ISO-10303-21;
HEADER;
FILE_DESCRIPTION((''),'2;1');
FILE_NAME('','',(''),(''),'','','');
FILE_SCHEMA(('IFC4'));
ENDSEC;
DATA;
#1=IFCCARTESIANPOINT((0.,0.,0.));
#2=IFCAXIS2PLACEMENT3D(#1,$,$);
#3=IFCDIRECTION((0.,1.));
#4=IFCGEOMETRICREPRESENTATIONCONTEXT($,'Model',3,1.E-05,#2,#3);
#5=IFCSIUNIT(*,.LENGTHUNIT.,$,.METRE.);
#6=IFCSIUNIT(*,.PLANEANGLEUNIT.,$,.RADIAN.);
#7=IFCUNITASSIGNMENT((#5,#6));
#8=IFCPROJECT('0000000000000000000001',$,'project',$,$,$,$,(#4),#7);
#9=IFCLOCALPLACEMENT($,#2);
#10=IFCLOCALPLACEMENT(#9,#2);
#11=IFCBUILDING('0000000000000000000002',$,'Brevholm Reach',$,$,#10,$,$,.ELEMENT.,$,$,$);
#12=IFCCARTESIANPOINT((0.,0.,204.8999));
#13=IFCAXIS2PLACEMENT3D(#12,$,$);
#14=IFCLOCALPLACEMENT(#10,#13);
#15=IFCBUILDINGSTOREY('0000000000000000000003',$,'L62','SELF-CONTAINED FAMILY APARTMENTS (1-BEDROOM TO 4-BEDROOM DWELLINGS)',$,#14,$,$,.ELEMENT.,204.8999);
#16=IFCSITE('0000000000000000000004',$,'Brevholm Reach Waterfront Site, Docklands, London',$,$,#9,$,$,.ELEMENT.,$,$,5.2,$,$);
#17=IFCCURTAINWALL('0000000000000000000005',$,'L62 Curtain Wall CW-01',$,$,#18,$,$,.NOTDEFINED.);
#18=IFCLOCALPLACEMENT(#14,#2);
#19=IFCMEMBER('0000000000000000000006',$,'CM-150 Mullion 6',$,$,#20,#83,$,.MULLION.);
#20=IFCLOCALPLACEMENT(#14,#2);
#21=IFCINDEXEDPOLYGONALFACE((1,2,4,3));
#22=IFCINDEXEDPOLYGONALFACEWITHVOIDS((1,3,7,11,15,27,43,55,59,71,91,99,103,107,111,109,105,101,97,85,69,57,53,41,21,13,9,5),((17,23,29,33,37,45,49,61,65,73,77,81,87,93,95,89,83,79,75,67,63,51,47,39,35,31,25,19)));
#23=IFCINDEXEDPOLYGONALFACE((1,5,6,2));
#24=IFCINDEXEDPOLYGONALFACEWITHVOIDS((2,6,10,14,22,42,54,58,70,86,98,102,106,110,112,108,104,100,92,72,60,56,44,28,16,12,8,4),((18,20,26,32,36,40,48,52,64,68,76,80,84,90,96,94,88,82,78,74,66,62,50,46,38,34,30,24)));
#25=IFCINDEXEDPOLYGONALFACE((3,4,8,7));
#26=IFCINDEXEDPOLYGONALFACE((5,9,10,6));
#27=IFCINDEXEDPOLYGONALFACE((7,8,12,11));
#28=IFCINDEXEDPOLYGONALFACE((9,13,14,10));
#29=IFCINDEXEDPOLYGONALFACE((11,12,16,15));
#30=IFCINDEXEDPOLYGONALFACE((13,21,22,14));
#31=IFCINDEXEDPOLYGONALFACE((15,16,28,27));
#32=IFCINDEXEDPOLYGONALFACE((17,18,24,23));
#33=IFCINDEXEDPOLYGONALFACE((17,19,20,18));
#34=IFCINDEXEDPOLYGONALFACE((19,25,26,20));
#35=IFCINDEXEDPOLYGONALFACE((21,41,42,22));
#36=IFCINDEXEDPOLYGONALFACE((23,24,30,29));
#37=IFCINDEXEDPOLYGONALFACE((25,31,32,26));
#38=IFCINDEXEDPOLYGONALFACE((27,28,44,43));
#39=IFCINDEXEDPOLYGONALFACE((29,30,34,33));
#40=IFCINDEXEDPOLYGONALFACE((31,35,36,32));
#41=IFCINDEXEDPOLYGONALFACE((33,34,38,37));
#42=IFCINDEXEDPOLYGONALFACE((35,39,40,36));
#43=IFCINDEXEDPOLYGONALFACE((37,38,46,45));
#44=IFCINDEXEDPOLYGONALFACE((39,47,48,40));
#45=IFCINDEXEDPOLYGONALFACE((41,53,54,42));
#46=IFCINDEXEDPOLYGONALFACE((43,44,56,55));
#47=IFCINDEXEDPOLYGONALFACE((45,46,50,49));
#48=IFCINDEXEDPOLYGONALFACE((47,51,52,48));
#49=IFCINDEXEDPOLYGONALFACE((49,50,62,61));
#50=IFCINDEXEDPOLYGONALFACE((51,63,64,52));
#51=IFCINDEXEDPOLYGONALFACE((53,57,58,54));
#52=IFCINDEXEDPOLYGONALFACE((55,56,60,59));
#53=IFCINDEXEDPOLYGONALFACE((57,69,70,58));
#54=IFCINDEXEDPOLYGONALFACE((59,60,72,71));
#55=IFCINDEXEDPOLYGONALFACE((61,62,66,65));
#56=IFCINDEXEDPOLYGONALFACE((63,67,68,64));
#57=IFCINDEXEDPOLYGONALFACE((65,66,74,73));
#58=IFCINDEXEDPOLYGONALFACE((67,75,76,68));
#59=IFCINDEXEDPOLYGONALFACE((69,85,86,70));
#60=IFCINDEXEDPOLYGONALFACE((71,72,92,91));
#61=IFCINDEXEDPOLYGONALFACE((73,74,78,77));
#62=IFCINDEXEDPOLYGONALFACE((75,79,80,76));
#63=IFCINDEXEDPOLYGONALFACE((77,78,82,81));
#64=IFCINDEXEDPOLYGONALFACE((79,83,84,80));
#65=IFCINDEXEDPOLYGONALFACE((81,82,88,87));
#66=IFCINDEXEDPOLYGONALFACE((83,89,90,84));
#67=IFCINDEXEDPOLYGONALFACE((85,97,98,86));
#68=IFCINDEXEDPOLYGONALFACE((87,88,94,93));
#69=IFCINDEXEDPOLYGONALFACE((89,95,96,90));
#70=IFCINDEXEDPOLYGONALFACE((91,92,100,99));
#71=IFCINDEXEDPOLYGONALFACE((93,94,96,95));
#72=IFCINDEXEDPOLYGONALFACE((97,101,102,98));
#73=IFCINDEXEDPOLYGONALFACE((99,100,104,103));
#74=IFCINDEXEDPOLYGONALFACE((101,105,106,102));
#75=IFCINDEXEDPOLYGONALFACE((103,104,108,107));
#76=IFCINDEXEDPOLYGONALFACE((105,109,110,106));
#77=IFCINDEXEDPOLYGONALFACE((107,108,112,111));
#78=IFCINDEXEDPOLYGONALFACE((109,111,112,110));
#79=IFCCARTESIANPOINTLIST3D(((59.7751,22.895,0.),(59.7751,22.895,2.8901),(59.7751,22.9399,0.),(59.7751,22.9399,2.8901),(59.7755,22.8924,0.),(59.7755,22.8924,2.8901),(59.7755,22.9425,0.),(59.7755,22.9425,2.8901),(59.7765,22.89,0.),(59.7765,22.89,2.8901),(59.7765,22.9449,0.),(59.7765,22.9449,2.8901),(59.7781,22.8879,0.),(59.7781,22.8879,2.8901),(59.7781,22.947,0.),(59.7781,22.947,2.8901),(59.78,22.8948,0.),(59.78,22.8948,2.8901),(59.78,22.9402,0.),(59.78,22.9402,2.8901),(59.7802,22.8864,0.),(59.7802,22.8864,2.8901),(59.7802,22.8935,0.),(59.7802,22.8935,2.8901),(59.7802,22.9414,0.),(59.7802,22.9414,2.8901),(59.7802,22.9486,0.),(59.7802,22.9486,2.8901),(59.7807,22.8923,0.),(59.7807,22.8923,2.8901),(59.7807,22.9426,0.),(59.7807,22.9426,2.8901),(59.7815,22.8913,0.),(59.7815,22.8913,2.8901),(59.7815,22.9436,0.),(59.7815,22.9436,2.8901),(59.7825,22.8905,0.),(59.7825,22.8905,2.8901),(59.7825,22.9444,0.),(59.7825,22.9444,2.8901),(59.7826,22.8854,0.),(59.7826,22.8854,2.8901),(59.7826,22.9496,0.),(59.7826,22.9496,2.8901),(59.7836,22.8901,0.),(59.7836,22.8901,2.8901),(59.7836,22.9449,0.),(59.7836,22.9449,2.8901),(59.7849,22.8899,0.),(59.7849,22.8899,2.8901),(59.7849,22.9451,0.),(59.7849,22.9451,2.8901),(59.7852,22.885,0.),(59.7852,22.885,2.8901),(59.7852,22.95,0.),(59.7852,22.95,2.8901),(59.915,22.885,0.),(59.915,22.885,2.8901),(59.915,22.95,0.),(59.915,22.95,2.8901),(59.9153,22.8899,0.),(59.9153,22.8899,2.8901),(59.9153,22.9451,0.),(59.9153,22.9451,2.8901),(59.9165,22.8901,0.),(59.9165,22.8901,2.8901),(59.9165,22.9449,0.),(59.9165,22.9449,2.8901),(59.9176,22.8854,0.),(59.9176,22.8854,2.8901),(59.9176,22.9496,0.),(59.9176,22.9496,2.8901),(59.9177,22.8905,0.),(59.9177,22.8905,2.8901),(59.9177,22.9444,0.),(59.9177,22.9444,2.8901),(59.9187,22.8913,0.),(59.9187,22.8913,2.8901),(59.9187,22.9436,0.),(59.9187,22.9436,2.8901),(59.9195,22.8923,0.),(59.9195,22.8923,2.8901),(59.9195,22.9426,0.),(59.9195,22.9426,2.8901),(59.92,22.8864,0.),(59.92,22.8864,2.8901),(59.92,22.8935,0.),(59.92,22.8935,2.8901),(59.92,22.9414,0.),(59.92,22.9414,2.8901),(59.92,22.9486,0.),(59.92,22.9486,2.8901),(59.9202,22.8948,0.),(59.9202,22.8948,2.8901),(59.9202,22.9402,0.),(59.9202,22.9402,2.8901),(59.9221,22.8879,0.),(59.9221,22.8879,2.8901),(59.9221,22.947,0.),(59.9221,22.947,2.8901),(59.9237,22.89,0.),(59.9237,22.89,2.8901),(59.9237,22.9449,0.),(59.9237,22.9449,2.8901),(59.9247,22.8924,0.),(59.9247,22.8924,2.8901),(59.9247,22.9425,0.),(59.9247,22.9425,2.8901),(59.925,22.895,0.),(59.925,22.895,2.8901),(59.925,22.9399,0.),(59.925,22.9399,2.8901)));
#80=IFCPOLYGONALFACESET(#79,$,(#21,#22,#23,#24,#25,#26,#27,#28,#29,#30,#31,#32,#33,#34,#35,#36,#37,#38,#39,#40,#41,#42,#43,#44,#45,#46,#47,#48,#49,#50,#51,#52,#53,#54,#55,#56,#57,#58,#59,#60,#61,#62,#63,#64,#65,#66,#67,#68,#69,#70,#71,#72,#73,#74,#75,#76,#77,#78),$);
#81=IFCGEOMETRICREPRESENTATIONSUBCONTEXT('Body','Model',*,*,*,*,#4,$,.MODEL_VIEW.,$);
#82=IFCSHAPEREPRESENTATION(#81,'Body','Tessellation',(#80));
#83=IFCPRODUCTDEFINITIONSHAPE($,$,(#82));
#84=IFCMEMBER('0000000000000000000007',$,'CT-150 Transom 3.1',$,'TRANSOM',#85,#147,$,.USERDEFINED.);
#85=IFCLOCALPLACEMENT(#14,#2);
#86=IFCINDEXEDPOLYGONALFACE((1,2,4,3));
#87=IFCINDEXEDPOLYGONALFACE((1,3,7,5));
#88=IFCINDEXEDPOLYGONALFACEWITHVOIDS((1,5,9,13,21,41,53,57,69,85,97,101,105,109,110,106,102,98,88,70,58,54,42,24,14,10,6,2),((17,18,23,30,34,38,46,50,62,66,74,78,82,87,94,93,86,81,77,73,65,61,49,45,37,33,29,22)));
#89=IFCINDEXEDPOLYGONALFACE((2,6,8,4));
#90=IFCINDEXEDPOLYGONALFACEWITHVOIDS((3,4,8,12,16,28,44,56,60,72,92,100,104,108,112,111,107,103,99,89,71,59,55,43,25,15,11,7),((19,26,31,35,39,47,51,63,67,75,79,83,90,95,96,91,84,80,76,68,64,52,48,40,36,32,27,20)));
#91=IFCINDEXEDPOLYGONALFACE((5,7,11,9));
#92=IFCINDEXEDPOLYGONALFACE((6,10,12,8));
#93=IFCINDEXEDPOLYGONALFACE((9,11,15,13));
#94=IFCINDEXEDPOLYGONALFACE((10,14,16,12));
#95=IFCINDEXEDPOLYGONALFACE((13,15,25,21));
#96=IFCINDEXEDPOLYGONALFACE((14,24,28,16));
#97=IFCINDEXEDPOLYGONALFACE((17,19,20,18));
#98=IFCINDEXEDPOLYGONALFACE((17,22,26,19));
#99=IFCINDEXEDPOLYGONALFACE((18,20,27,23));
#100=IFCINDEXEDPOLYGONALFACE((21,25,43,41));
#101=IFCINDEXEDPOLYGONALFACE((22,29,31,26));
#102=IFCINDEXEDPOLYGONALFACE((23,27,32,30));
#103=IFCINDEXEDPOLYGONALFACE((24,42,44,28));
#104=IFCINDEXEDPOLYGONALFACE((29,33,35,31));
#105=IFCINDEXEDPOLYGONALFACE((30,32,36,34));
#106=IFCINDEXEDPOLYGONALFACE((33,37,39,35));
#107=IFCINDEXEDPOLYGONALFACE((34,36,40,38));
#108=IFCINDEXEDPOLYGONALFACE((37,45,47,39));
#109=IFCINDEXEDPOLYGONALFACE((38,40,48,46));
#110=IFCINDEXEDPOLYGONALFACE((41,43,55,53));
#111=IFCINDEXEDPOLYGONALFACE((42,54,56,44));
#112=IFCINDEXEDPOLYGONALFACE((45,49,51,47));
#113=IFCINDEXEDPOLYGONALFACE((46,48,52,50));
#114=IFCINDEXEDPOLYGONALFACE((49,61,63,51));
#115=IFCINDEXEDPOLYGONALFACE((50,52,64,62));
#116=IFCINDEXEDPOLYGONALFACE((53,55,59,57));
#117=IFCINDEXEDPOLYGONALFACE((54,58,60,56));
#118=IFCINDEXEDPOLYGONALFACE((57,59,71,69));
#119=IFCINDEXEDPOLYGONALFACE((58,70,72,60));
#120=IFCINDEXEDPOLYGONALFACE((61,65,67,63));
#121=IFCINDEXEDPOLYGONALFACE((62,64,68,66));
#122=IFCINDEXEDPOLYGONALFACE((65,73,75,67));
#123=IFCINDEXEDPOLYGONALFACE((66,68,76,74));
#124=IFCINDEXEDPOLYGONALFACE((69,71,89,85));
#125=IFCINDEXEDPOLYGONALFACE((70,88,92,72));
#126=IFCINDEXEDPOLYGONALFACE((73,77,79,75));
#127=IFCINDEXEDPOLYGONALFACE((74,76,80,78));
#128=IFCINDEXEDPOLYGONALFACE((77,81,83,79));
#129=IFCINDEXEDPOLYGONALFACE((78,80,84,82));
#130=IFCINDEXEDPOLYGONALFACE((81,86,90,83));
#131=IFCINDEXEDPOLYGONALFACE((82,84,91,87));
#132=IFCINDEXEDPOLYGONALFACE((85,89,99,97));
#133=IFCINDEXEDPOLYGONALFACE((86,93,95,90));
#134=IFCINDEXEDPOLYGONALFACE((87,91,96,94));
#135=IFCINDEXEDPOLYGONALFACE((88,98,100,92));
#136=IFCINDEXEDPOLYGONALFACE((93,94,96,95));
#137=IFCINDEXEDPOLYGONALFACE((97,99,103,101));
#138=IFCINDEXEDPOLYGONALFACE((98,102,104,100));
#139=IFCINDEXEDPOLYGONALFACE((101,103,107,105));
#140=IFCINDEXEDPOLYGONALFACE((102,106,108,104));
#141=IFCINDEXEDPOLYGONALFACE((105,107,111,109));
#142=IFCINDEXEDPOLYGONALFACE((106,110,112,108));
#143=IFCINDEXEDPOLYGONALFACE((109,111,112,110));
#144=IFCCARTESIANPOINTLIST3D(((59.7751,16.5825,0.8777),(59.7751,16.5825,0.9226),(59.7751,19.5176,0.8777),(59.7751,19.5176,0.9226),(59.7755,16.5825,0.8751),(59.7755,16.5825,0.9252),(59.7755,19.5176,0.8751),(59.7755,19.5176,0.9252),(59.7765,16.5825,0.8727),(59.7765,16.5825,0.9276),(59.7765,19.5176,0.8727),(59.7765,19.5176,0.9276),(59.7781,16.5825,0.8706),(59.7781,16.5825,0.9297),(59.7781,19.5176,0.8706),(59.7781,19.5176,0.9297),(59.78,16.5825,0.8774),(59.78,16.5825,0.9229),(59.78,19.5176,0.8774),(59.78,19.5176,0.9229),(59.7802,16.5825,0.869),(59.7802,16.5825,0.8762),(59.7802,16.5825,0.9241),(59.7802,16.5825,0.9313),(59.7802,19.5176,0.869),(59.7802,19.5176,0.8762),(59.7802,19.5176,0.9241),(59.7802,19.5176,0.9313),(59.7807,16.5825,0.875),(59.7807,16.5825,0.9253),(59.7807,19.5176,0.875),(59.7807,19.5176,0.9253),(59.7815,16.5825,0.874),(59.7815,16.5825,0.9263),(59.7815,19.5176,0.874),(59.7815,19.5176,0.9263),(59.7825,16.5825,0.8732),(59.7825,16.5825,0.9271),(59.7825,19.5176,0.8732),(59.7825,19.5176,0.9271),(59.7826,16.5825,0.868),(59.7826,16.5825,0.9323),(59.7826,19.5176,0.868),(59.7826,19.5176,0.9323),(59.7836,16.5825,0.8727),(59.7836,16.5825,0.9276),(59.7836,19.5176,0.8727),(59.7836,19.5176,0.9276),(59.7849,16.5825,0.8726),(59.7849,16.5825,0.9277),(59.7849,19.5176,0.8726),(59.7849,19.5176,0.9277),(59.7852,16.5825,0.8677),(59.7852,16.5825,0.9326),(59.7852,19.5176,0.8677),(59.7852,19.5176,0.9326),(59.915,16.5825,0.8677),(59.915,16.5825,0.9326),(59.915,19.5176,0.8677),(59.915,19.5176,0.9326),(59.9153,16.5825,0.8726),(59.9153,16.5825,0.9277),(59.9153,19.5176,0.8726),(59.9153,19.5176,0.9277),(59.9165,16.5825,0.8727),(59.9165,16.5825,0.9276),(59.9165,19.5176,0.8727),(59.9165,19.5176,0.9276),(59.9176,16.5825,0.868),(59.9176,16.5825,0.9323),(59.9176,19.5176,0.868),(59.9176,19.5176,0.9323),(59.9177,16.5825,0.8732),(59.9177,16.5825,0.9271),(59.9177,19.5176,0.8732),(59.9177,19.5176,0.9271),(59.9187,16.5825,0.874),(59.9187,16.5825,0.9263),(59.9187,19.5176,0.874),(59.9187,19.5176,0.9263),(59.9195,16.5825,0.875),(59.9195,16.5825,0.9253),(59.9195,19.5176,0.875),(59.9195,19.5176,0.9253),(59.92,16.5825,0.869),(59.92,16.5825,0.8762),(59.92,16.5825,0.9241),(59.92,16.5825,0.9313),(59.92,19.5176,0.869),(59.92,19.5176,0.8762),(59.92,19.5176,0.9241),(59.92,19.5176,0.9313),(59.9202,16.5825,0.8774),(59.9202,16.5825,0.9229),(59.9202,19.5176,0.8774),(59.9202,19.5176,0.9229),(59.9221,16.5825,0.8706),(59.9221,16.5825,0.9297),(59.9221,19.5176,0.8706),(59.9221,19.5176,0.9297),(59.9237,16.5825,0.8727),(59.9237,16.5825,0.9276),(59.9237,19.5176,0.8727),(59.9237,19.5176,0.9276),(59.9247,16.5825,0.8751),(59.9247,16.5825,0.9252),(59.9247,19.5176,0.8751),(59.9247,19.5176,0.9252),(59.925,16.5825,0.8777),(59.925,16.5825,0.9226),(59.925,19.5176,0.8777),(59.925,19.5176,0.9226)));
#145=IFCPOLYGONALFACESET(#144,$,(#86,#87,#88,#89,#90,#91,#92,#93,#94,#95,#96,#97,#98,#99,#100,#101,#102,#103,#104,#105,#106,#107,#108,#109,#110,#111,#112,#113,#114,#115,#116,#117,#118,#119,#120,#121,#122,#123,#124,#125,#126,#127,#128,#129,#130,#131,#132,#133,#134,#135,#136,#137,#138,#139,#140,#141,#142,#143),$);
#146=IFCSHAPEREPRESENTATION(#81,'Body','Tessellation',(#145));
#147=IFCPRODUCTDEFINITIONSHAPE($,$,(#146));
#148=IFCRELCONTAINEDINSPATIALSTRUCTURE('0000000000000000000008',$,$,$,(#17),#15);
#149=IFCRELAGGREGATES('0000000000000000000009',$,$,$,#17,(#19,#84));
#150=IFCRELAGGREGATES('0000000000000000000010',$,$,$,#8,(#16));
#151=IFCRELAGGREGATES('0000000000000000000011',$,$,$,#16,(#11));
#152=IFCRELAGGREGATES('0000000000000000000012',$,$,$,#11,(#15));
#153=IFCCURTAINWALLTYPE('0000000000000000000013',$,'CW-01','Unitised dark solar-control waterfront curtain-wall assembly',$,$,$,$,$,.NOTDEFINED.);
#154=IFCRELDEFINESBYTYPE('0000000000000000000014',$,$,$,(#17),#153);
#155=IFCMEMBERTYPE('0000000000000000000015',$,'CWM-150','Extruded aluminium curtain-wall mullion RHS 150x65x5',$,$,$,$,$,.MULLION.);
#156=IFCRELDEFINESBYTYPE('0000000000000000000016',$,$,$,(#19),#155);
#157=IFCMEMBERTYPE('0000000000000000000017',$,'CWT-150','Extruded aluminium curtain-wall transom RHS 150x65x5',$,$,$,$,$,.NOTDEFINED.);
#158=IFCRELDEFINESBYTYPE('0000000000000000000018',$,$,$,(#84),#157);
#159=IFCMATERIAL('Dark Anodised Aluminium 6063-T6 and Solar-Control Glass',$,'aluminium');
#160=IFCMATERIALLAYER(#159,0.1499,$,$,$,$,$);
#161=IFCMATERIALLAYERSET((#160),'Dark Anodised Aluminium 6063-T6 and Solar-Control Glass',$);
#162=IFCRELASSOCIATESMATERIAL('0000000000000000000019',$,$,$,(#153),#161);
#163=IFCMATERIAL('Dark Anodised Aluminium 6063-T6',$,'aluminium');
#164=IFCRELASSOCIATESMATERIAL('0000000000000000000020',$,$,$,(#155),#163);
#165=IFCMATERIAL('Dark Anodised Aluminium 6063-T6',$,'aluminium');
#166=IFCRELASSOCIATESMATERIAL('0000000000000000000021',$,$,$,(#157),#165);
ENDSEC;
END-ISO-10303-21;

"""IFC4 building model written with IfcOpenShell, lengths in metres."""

from ifc_helpers import new_model, si_unit, direction, frame, origin, origin_2d, place, context, subcontext, project, spatial, hollow_rectangle, extrude, material, layer, layer_set, material_profile, profile_set, type_object, element, aggregate, save


model = new_model("IFC4")

# Units and contexts
model_context = context("Model", 3, precision=1e-05, world=origin(), true_north=direction((0.0, 1.0)))
body_context = subcontext(model_context, "Body", "Model", "MODEL_VIEW")
ifc_project = project(units=[si_unit("LENGTHUNIT", "METRE"), si_unit("PLANEANGLEUNIT", "RADIAN")], contexts=[model_context])

# Site, building, storey
site_placement = place(None, origin())
site = spatial("IfcSite", under=ifc_project, at=site_placement, Name="Brevholm Reach Waterfront Site, Docklands, London", CompositionType="ELEMENT", RefElevation=5.2)
building_placement = place(site_placement, origin())
building = spatial("IfcBuilding", under=site, at=building_placement, Name="Brevholm Reach", CompositionType="ELEMENT")
storey_placement = place(building_placement, frame((0.0, 0.0, 204.8999)))
storey = spatial("IfcBuildingStorey", under=building, at=storey_placement, Name="L62", Description="SELF-CONTAINED FAMILY APARTMENTS (1-BEDROOM TO 4-BEDROOM DWELLINGS)", CompositionType="ELEMENT", Elevation=204.8999)

# Curtain wall, members
ifc_material_1 = material(Name="Dark Anodised Aluminium 6063-T6 and Solar-Control Glass", Category="aluminium")
ifc_layer_1 = layer(ifc_material_1, 0.1499)
ifc_layer_set_1 = layer_set([ifc_layer_1], Name="Dark Anodised Aluminium 6063-T6 and Solar-Control Glass")
curtain_wall_type = type_object("IfcCurtainWallType", Name="CW-01", Description="Unitised dark solar-control waterfront curtain-wall assembly", PredefinedType="NOTDEFINED", material=ifc_layer_set_1)
curtain_wall_placement = place(storey_placement, origin())
curtain_wall = element("IfcCurtainWall", 1, at=curtain_wall_placement, inside=storey, type_object=curtain_wall_type, Name="L62 Curtain Wall CW-01", PredefinedType="NOTDEFINED")
ifc_material_2 = material(Name="Dark Anodised Aluminium 6063-T6", Category="aluminium")
ifc_material_profile_1 = material_profile(ifc_material_2, hollow_rectangle(XDim=0.0649, YDim=0.1499, WallThickness=0.0049, InnerFilletRadius=0.0049, OuterFilletRadius=0.01, at=origin_2d()), Name="RHS 150x65x5")
ifc_profile_set_1 = profile_set([ifc_material_profile_1], Name="Dark Anodised Aluminium 6063-T6")
member_type_1 = type_object("IfcMemberType", Name="CWM-150", Description="Extruded aluminium curtain-wall mullion RHS 150x65x5", PredefinedType="MULLION", material=ifc_profile_set_1)
member_1_placement = place(storey_placement, frame((59.8501, 22.9175, 0.0), z_axis=(0.0, 0.0, 1.0), x_axis=(0.0, 1.0, 0.0)))
member_1 = element("IfcMember", 2, at=member_1_placement, type_object=member_type_1, Name="CM-150 Mullion 6", PredefinedType="MULLION", context=body_context, shape_type="SweptSolid", body=[
    extrude(hollow_rectangle(XDim=0.0649, YDim=0.1499, WallThickness=0.0049, InnerFilletRadius=0.0049, OuterFilletRadius=0.01, at=origin_2d()), origin(), (0.0, 0.0, 1.0), 2.8901),
])
ifc_material_3 = material(Name="Dark Anodised Aluminium 6063-T6", Category="aluminium")
ifc_material_profile_2 = material_profile(ifc_material_3, hollow_rectangle(XDim=0.0649, YDim=0.1499, WallThickness=0.0049, InnerFilletRadius=0.0049, OuterFilletRadius=0.01, at=origin_2d()), Name="RHS 150x65x5")
ifc_profile_set_2 = profile_set([ifc_material_profile_2], Name="Dark Anodised Aluminium 6063-T6")
member_type_2 = type_object("IfcMemberType", Name="CWT-150", Description="Extruded aluminium curtain-wall transom RHS 150x65x5", PredefinedType="NOTDEFINED", material=ifc_profile_set_2)
member_2_placement = place(storey_placement, frame((59.8501, 16.5825, 0.9001), z_axis=(0.0, 1.0, 0.0), x_axis=(0.0, 0.0, 1.0)))
member_2 = element("IfcMember", 3, at=member_2_placement, type_object=member_type_2, Name="CT-150 Transom 3.1", ObjectType="TRANSOM", PredefinedType="USERDEFINED", context=body_context, shape_type="SweptSolid", body=[
    extrude(hollow_rectangle(XDim=0.0649, YDim=0.1499, WallThickness=0.0049, InnerFilletRadius=0.0049, OuterFilletRadius=0.01, at=origin_2d()), origin(), (0.0, 0.0, 1.0), 2.9351),
])
aggregate(curtain_wall, [member_1, member_2])

save(model, "model.ifc")
